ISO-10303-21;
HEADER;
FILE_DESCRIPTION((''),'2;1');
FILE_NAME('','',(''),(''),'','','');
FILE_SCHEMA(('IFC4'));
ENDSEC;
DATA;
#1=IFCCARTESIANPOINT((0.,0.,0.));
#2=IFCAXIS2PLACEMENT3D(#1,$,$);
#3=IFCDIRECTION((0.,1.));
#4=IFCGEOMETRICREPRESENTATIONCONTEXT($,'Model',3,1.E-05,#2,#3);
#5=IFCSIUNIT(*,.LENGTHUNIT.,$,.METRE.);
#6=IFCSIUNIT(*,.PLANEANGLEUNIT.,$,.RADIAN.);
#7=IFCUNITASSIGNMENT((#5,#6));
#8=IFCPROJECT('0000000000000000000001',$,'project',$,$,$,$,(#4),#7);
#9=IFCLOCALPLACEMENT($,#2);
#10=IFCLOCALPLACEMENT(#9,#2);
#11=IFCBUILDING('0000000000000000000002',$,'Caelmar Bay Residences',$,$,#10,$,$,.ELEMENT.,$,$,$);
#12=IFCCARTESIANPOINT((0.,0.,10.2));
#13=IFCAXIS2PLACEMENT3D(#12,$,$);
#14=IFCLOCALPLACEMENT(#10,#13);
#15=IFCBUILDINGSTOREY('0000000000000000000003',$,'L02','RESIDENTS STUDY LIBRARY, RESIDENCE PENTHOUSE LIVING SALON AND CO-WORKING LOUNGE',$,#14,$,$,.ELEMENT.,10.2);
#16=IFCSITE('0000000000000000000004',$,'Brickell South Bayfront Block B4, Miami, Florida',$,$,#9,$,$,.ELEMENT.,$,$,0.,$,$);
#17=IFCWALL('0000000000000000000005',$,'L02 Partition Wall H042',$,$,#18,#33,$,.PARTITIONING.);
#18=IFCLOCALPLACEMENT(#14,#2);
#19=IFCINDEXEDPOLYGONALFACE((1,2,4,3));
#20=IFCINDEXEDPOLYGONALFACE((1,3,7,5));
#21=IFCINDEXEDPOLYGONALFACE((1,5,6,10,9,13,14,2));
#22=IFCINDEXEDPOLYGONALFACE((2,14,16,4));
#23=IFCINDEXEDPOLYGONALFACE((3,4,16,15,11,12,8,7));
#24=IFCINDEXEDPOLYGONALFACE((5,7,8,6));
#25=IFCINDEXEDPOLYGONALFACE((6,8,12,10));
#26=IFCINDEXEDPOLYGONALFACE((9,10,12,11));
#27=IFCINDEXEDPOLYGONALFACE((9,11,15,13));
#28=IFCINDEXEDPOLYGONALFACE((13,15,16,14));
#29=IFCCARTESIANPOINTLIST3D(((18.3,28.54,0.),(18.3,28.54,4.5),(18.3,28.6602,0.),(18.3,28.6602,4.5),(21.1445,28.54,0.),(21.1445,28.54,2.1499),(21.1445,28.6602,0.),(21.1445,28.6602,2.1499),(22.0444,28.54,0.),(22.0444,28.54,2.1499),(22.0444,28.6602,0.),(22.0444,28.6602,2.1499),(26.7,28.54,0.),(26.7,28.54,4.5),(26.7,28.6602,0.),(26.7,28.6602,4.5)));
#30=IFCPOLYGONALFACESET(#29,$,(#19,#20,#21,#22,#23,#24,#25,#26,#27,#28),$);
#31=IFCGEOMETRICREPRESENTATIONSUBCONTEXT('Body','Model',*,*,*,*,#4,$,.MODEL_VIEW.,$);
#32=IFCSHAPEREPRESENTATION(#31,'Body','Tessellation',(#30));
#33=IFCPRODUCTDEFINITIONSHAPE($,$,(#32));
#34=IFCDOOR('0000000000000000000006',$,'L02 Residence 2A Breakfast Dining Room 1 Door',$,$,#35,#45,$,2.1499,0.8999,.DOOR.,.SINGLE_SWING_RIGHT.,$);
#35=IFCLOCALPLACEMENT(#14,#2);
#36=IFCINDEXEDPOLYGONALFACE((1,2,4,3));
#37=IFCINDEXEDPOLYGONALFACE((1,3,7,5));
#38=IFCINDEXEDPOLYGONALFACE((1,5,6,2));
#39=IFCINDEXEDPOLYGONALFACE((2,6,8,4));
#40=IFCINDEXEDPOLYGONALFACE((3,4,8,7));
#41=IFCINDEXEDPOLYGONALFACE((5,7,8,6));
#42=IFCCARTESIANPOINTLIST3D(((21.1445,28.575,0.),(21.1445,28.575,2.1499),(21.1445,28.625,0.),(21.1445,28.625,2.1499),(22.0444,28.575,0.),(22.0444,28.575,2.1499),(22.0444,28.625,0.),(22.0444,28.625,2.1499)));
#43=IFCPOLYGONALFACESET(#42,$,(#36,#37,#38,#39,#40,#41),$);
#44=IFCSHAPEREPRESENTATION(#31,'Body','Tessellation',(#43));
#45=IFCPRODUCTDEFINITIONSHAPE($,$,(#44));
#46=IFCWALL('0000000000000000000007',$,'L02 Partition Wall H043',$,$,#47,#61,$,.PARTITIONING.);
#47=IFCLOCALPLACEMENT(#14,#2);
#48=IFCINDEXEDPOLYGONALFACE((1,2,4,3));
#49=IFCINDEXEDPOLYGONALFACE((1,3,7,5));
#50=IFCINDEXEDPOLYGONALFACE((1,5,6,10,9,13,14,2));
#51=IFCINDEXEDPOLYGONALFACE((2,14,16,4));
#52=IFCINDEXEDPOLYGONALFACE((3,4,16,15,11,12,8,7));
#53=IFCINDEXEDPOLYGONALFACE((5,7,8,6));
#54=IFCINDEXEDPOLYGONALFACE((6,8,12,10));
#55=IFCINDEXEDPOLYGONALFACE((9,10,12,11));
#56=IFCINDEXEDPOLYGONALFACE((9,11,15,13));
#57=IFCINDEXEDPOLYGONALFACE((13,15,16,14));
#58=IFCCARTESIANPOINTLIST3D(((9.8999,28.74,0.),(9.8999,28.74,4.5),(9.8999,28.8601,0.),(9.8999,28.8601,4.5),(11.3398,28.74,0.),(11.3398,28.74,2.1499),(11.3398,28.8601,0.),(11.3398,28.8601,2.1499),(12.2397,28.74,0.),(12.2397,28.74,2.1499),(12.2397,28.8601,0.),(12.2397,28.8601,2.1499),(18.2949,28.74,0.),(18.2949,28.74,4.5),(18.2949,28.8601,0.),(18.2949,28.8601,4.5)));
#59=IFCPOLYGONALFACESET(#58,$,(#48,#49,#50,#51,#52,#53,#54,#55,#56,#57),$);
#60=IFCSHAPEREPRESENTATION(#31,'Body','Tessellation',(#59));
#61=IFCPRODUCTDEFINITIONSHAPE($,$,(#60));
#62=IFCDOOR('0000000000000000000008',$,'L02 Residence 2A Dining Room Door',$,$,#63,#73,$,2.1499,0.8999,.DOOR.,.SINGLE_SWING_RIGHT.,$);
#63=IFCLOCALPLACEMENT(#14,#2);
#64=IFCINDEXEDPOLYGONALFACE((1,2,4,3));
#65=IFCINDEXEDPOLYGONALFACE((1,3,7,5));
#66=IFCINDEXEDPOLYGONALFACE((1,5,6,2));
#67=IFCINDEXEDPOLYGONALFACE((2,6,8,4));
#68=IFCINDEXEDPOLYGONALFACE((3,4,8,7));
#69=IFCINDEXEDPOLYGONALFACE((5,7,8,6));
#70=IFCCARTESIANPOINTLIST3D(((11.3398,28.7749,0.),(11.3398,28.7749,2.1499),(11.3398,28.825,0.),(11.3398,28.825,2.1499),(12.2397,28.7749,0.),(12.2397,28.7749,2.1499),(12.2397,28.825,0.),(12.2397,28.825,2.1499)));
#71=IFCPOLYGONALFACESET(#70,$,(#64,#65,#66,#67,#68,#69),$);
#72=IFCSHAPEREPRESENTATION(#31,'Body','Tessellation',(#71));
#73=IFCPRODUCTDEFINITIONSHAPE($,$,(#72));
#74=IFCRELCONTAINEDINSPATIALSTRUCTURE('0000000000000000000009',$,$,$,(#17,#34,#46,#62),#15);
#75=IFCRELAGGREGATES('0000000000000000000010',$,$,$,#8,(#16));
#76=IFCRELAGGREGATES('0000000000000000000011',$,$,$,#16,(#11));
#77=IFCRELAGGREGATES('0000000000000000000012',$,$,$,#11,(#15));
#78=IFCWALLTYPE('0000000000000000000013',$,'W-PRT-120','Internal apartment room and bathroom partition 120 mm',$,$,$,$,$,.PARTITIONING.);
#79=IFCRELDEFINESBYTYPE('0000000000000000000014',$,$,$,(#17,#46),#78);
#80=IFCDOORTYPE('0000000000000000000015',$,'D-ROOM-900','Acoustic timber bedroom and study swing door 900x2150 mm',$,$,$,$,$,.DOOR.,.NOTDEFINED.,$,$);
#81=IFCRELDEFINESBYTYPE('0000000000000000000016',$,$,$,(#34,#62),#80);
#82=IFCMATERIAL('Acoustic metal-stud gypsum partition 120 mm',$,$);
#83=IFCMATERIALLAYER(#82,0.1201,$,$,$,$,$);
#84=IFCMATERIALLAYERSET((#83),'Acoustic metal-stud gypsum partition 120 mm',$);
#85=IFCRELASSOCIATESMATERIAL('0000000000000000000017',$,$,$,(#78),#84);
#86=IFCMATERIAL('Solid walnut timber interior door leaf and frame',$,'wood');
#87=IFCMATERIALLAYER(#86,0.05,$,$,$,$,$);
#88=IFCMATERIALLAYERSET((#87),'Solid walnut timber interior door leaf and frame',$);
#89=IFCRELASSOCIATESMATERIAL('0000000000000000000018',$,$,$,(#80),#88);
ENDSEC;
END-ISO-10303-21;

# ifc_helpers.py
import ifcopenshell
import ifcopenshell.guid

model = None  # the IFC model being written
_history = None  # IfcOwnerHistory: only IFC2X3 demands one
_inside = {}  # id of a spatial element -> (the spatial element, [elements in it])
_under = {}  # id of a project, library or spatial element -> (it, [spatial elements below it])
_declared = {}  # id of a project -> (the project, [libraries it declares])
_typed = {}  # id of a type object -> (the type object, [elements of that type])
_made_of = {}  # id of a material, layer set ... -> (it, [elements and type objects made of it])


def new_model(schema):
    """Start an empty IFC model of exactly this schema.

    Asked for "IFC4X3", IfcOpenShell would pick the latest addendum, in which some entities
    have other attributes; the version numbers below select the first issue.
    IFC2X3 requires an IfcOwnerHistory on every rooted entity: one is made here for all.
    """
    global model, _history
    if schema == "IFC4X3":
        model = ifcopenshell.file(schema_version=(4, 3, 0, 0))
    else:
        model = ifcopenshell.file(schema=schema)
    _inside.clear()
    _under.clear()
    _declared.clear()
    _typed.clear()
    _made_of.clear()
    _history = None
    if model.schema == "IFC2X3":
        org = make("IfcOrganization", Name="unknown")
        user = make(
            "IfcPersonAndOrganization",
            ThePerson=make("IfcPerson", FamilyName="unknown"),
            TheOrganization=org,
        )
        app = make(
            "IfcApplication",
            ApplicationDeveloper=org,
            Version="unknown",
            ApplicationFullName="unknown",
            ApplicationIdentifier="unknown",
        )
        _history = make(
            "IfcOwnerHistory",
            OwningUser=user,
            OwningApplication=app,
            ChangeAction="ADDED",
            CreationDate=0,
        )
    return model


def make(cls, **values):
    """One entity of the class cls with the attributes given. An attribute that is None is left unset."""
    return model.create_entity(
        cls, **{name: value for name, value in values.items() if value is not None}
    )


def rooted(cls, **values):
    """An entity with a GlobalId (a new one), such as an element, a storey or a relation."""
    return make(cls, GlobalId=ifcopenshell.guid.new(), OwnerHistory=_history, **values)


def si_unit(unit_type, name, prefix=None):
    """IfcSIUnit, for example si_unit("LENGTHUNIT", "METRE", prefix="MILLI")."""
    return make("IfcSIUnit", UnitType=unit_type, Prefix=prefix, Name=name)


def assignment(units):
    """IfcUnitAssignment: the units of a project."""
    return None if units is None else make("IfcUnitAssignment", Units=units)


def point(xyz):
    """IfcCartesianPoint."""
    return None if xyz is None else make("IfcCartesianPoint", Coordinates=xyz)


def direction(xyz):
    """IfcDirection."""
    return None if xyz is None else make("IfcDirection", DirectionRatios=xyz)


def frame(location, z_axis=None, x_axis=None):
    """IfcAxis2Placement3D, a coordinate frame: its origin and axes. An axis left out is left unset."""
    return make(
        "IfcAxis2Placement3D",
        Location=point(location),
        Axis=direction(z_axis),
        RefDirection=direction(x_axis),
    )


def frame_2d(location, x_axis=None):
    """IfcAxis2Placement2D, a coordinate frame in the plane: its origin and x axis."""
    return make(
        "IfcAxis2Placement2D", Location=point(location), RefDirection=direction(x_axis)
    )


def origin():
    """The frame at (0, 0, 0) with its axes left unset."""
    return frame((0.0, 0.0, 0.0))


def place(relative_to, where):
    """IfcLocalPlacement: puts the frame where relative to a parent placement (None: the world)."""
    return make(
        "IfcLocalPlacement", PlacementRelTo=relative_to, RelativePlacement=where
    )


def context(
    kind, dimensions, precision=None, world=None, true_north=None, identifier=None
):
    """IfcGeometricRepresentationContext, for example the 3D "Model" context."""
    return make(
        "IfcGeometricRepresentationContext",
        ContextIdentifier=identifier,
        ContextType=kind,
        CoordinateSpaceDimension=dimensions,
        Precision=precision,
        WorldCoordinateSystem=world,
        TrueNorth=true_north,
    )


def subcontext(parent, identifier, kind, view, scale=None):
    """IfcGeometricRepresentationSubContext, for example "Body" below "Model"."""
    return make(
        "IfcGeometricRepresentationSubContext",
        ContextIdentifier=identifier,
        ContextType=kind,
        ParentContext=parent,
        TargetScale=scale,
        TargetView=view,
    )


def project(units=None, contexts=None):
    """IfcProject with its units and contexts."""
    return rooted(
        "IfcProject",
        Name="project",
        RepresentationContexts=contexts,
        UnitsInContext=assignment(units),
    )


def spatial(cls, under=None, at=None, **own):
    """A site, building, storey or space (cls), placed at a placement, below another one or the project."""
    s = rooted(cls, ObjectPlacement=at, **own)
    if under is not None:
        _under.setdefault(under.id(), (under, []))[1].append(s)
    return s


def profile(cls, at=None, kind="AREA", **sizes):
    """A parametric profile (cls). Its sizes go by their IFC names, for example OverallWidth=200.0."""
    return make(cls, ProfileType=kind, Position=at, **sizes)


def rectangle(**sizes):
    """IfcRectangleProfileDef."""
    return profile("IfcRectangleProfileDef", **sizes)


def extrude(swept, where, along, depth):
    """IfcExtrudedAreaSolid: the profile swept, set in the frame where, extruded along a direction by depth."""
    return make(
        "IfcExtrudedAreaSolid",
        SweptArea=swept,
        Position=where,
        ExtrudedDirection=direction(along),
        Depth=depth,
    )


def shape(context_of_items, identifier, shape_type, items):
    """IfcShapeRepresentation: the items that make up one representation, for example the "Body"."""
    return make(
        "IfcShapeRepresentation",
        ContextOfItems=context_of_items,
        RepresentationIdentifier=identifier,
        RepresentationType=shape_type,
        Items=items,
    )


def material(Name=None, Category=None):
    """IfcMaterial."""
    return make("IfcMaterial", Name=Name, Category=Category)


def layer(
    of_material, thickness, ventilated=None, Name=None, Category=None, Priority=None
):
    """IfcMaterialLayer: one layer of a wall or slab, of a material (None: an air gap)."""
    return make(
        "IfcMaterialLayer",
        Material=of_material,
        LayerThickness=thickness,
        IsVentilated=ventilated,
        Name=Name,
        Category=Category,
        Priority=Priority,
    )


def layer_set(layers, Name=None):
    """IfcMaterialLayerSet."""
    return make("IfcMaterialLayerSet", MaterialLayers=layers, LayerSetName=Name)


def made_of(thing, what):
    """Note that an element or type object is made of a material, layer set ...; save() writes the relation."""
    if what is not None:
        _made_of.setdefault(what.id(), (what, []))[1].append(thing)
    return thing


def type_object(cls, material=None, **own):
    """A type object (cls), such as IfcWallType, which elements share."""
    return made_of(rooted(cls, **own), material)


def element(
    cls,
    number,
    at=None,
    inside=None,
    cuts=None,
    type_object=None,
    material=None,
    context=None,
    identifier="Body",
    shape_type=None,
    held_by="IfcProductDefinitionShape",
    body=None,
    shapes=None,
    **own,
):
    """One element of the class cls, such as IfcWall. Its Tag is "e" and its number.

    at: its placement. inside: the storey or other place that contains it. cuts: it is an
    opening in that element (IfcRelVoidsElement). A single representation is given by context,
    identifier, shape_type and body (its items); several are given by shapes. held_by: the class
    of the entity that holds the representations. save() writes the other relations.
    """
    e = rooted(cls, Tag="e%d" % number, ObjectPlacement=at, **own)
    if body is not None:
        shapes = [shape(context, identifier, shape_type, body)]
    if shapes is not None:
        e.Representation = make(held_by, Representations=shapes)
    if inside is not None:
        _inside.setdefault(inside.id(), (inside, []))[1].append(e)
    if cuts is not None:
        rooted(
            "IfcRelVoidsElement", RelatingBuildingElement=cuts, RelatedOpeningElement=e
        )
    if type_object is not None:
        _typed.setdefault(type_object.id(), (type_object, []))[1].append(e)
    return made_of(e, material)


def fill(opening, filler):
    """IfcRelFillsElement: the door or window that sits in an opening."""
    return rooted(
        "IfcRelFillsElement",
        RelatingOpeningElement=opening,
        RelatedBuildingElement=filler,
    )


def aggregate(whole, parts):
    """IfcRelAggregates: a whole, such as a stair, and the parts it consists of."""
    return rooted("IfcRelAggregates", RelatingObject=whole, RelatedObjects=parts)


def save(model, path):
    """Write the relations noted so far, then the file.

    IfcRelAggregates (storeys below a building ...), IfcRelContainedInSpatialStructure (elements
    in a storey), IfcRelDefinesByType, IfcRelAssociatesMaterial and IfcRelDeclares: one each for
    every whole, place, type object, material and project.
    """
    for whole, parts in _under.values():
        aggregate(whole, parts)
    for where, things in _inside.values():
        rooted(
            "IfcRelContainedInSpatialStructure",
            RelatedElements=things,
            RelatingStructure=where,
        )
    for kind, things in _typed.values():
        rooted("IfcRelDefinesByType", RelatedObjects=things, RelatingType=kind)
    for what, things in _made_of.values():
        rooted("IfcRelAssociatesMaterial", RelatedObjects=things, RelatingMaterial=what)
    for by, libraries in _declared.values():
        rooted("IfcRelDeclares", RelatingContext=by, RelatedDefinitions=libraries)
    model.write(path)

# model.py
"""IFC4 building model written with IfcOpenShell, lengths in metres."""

from ifc_helpers import new_model, si_unit, direction, frame, frame_2d, origin, place, context, subcontext, project, spatial, rectangle, extrude, material, layer, layer_set, type_object, element, fill, save


model = new_model("IFC4")

# Units and contexts
model_context = context("Model", 3, precision=1e-05, world=origin(), true_north=direction((0.0, 1.0)))
body_context = subcontext(model_context, "Body", "Model", "MODEL_VIEW")
ifc_project = project(units=[si_unit("LENGTHUNIT", "METRE"), si_unit("PLANEANGLEUNIT", "RADIAN")], contexts=[model_context])

# Site, building, storey
site_placement = place(None, origin())
site = spatial("IfcSite", under=ifc_project, at=site_placement, Name="Brickell South Bayfront Block B4, Miami, Florida", CompositionType="ELEMENT", RefElevation=0.0)
building_placement = place(site_placement, origin())
building = spatial("IfcBuilding", under=site, at=building_placement, Name="Caelmar Bay Residences", CompositionType="ELEMENT")
storey_placement = place(building_placement, frame((0.0, 0.0, 10.2)))
storey = spatial("IfcBuildingStorey", under=building, at=storey_placement, Name="L02", Description="RESIDENTS STUDY LIBRARY, RESIDENCE PENTHOUSE LIVING SALON AND CO-WORKING LOUNGE", CompositionType="ELEMENT", Elevation=10.2)

# Walls, openings, doors
ifc_material_1 = material(Name="Acoustic metal-stud gypsum partition 120 mm")
ifc_layer_1 = layer(ifc_material_1, 0.1201)
ifc_layer_set_1 = layer_set([ifc_layer_1], Name="Acoustic metal-stud gypsum partition 120 mm")
wall_type = type_object("IfcWallType", Name="W-PRT-120", Description="Internal apartment room and bathroom partition 120 mm", PredefinedType="PARTITIONING", material=ifc_layer_set_1)
ifc_material_2 = material(Name="Solid walnut timber interior door leaf and frame", Category="wood")
ifc_layer_2 = layer(ifc_material_2, 0.05)
ifc_layer_set_2 = layer_set([ifc_layer_2], Name="Solid walnut timber interior door leaf and frame")
door_type_1 = type_object("IfcDoorType", Name="D-ROOM-900", Description="Acoustic timber bedroom and study swing door 900x2150 mm", OperationType="NOTDEFINED", PredefinedType="DOOR", material=ifc_layer_set_2)
wall_1_placement = place(storey_placement, frame((18.3, 28.6001, 0.0), z_axis=(0.0, 0.0, 1.0), x_axis=(1.0, 0.0, 0.0)))
wall_1 = element("IfcWall", 1, at=wall_1_placement, inside=storey, type_object=wall_type, Name="L02 Partition Wall H042", PredefinedType="PARTITIONING", context=body_context, shape_type="SweptSolid", body=[
    extrude(rectangle(XDim=8.3999, YDim=0.1201, at=frame_2d((4.2, 0.0))), origin(), (0.0, 0.0, 1.0), 4.5),
])
opening_1_placement = place(wall_1_placement, frame((2.8445, 0.0, 0.0)))
opening_1 = element("IfcOpeningElement", 2, at=opening_1_placement, cuts=wall_1, PredefinedType="OPENING", context=body_context, shape_type="SweptSolid", body=[
    extrude(rectangle(XDim=0.8999, YDim=2.1499, at=frame_2d((0.45, 1.075))), frame((0.0, 0.0701, 0.0), z_axis=(0.0, -1.0, 0.0), x_axis=(1.0, 0.0, 0.0)), (0.0, 0.0, 1.0), 0.1401),
])
door_1_placement = place(opening_1_placement, origin())
door_1 = element("IfcDoor", 3, at=door_1_placement, inside=storey, type_object=door_type_1, Name="L02 Residence 2A Breakfast Dining Room 1 Door", OperationType="SINGLE_SWING_RIGHT", OverallHeight=2.1499, OverallWidth=0.8999, PredefinedType="DOOR", context=body_context, shape_type="SweptSolid", body=[
    extrude(rectangle(XDim=0.8999, YDim=2.1499, at=frame_2d((0.45, 1.075))), frame((0.0, 0.0249, 0.0), z_axis=(0.0, -1.0, 0.0), x_axis=(1.0, 0.0, 0.0)), (0.0, 0.0, 1.0), 0.05),
])
fill(opening_1, door_1)
wall_2_placement = place(storey_placement, frame((9.8999, 28.8, 0.0), z_axis=(0.0, 0.0, 1.0), x_axis=(1.0, 0.0, 0.0)))
wall_2 = element("IfcWall", 4, at=wall_2_placement, inside=storey, type_object=wall_type, Name="L02 Partition Wall H043", PredefinedType="PARTITIONING", context=body_context, shape_type="SweptSolid", body=[
    extrude(rectangle(XDim=8.395, YDim=0.1201, at=frame_2d((4.1975, 0.0))), origin(), (0.0, 0.0, 1.0), 4.5),
])
opening_2_placement = place(wall_2_placement, frame((1.4399, 0.0, 0.0)))
opening_2 = element("IfcOpeningElement", 5, at=opening_2_placement, cuts=wall_2, PredefinedType="OPENING", context=body_context, shape_type="SweptSolid", body=[
    extrude(rectangle(XDim=0.8999, YDim=2.1499, at=frame_2d((0.45, 1.075))), frame((0.0, 0.0701, 0.0), z_axis=(0.0, -1.0, 0.0), x_axis=(1.0, 0.0, 0.0)), (0.0, 0.0, 1.0), 0.1401),
])
door_2_placement = place(opening_2_placement, origin())
door_2 = element("IfcDoor", 6, at=door_2_placement, inside=storey, type_object=door_type_1, Name="L02 Residence 2A Dining Room Door", OperationType="SINGLE_SWING_RIGHT", OverallHeight=2.1499, OverallWidth=0.8999, PredefinedType="DOOR", context=body_context, shape_type="SweptSolid", body=[
    extrude(rectangle(XDim=0.8999, YDim=2.1499, at=frame_2d((0.45, 1.075))), frame((0.0, 0.0249, 0.0), z_axis=(0.0, -1.0, 0.0), x_axis=(1.0, 0.0, 0.0)), (0.0, 0.0, 1.0), 0.05),
])
fill(opening_2, door_2)

save(model, "model.ifc")
